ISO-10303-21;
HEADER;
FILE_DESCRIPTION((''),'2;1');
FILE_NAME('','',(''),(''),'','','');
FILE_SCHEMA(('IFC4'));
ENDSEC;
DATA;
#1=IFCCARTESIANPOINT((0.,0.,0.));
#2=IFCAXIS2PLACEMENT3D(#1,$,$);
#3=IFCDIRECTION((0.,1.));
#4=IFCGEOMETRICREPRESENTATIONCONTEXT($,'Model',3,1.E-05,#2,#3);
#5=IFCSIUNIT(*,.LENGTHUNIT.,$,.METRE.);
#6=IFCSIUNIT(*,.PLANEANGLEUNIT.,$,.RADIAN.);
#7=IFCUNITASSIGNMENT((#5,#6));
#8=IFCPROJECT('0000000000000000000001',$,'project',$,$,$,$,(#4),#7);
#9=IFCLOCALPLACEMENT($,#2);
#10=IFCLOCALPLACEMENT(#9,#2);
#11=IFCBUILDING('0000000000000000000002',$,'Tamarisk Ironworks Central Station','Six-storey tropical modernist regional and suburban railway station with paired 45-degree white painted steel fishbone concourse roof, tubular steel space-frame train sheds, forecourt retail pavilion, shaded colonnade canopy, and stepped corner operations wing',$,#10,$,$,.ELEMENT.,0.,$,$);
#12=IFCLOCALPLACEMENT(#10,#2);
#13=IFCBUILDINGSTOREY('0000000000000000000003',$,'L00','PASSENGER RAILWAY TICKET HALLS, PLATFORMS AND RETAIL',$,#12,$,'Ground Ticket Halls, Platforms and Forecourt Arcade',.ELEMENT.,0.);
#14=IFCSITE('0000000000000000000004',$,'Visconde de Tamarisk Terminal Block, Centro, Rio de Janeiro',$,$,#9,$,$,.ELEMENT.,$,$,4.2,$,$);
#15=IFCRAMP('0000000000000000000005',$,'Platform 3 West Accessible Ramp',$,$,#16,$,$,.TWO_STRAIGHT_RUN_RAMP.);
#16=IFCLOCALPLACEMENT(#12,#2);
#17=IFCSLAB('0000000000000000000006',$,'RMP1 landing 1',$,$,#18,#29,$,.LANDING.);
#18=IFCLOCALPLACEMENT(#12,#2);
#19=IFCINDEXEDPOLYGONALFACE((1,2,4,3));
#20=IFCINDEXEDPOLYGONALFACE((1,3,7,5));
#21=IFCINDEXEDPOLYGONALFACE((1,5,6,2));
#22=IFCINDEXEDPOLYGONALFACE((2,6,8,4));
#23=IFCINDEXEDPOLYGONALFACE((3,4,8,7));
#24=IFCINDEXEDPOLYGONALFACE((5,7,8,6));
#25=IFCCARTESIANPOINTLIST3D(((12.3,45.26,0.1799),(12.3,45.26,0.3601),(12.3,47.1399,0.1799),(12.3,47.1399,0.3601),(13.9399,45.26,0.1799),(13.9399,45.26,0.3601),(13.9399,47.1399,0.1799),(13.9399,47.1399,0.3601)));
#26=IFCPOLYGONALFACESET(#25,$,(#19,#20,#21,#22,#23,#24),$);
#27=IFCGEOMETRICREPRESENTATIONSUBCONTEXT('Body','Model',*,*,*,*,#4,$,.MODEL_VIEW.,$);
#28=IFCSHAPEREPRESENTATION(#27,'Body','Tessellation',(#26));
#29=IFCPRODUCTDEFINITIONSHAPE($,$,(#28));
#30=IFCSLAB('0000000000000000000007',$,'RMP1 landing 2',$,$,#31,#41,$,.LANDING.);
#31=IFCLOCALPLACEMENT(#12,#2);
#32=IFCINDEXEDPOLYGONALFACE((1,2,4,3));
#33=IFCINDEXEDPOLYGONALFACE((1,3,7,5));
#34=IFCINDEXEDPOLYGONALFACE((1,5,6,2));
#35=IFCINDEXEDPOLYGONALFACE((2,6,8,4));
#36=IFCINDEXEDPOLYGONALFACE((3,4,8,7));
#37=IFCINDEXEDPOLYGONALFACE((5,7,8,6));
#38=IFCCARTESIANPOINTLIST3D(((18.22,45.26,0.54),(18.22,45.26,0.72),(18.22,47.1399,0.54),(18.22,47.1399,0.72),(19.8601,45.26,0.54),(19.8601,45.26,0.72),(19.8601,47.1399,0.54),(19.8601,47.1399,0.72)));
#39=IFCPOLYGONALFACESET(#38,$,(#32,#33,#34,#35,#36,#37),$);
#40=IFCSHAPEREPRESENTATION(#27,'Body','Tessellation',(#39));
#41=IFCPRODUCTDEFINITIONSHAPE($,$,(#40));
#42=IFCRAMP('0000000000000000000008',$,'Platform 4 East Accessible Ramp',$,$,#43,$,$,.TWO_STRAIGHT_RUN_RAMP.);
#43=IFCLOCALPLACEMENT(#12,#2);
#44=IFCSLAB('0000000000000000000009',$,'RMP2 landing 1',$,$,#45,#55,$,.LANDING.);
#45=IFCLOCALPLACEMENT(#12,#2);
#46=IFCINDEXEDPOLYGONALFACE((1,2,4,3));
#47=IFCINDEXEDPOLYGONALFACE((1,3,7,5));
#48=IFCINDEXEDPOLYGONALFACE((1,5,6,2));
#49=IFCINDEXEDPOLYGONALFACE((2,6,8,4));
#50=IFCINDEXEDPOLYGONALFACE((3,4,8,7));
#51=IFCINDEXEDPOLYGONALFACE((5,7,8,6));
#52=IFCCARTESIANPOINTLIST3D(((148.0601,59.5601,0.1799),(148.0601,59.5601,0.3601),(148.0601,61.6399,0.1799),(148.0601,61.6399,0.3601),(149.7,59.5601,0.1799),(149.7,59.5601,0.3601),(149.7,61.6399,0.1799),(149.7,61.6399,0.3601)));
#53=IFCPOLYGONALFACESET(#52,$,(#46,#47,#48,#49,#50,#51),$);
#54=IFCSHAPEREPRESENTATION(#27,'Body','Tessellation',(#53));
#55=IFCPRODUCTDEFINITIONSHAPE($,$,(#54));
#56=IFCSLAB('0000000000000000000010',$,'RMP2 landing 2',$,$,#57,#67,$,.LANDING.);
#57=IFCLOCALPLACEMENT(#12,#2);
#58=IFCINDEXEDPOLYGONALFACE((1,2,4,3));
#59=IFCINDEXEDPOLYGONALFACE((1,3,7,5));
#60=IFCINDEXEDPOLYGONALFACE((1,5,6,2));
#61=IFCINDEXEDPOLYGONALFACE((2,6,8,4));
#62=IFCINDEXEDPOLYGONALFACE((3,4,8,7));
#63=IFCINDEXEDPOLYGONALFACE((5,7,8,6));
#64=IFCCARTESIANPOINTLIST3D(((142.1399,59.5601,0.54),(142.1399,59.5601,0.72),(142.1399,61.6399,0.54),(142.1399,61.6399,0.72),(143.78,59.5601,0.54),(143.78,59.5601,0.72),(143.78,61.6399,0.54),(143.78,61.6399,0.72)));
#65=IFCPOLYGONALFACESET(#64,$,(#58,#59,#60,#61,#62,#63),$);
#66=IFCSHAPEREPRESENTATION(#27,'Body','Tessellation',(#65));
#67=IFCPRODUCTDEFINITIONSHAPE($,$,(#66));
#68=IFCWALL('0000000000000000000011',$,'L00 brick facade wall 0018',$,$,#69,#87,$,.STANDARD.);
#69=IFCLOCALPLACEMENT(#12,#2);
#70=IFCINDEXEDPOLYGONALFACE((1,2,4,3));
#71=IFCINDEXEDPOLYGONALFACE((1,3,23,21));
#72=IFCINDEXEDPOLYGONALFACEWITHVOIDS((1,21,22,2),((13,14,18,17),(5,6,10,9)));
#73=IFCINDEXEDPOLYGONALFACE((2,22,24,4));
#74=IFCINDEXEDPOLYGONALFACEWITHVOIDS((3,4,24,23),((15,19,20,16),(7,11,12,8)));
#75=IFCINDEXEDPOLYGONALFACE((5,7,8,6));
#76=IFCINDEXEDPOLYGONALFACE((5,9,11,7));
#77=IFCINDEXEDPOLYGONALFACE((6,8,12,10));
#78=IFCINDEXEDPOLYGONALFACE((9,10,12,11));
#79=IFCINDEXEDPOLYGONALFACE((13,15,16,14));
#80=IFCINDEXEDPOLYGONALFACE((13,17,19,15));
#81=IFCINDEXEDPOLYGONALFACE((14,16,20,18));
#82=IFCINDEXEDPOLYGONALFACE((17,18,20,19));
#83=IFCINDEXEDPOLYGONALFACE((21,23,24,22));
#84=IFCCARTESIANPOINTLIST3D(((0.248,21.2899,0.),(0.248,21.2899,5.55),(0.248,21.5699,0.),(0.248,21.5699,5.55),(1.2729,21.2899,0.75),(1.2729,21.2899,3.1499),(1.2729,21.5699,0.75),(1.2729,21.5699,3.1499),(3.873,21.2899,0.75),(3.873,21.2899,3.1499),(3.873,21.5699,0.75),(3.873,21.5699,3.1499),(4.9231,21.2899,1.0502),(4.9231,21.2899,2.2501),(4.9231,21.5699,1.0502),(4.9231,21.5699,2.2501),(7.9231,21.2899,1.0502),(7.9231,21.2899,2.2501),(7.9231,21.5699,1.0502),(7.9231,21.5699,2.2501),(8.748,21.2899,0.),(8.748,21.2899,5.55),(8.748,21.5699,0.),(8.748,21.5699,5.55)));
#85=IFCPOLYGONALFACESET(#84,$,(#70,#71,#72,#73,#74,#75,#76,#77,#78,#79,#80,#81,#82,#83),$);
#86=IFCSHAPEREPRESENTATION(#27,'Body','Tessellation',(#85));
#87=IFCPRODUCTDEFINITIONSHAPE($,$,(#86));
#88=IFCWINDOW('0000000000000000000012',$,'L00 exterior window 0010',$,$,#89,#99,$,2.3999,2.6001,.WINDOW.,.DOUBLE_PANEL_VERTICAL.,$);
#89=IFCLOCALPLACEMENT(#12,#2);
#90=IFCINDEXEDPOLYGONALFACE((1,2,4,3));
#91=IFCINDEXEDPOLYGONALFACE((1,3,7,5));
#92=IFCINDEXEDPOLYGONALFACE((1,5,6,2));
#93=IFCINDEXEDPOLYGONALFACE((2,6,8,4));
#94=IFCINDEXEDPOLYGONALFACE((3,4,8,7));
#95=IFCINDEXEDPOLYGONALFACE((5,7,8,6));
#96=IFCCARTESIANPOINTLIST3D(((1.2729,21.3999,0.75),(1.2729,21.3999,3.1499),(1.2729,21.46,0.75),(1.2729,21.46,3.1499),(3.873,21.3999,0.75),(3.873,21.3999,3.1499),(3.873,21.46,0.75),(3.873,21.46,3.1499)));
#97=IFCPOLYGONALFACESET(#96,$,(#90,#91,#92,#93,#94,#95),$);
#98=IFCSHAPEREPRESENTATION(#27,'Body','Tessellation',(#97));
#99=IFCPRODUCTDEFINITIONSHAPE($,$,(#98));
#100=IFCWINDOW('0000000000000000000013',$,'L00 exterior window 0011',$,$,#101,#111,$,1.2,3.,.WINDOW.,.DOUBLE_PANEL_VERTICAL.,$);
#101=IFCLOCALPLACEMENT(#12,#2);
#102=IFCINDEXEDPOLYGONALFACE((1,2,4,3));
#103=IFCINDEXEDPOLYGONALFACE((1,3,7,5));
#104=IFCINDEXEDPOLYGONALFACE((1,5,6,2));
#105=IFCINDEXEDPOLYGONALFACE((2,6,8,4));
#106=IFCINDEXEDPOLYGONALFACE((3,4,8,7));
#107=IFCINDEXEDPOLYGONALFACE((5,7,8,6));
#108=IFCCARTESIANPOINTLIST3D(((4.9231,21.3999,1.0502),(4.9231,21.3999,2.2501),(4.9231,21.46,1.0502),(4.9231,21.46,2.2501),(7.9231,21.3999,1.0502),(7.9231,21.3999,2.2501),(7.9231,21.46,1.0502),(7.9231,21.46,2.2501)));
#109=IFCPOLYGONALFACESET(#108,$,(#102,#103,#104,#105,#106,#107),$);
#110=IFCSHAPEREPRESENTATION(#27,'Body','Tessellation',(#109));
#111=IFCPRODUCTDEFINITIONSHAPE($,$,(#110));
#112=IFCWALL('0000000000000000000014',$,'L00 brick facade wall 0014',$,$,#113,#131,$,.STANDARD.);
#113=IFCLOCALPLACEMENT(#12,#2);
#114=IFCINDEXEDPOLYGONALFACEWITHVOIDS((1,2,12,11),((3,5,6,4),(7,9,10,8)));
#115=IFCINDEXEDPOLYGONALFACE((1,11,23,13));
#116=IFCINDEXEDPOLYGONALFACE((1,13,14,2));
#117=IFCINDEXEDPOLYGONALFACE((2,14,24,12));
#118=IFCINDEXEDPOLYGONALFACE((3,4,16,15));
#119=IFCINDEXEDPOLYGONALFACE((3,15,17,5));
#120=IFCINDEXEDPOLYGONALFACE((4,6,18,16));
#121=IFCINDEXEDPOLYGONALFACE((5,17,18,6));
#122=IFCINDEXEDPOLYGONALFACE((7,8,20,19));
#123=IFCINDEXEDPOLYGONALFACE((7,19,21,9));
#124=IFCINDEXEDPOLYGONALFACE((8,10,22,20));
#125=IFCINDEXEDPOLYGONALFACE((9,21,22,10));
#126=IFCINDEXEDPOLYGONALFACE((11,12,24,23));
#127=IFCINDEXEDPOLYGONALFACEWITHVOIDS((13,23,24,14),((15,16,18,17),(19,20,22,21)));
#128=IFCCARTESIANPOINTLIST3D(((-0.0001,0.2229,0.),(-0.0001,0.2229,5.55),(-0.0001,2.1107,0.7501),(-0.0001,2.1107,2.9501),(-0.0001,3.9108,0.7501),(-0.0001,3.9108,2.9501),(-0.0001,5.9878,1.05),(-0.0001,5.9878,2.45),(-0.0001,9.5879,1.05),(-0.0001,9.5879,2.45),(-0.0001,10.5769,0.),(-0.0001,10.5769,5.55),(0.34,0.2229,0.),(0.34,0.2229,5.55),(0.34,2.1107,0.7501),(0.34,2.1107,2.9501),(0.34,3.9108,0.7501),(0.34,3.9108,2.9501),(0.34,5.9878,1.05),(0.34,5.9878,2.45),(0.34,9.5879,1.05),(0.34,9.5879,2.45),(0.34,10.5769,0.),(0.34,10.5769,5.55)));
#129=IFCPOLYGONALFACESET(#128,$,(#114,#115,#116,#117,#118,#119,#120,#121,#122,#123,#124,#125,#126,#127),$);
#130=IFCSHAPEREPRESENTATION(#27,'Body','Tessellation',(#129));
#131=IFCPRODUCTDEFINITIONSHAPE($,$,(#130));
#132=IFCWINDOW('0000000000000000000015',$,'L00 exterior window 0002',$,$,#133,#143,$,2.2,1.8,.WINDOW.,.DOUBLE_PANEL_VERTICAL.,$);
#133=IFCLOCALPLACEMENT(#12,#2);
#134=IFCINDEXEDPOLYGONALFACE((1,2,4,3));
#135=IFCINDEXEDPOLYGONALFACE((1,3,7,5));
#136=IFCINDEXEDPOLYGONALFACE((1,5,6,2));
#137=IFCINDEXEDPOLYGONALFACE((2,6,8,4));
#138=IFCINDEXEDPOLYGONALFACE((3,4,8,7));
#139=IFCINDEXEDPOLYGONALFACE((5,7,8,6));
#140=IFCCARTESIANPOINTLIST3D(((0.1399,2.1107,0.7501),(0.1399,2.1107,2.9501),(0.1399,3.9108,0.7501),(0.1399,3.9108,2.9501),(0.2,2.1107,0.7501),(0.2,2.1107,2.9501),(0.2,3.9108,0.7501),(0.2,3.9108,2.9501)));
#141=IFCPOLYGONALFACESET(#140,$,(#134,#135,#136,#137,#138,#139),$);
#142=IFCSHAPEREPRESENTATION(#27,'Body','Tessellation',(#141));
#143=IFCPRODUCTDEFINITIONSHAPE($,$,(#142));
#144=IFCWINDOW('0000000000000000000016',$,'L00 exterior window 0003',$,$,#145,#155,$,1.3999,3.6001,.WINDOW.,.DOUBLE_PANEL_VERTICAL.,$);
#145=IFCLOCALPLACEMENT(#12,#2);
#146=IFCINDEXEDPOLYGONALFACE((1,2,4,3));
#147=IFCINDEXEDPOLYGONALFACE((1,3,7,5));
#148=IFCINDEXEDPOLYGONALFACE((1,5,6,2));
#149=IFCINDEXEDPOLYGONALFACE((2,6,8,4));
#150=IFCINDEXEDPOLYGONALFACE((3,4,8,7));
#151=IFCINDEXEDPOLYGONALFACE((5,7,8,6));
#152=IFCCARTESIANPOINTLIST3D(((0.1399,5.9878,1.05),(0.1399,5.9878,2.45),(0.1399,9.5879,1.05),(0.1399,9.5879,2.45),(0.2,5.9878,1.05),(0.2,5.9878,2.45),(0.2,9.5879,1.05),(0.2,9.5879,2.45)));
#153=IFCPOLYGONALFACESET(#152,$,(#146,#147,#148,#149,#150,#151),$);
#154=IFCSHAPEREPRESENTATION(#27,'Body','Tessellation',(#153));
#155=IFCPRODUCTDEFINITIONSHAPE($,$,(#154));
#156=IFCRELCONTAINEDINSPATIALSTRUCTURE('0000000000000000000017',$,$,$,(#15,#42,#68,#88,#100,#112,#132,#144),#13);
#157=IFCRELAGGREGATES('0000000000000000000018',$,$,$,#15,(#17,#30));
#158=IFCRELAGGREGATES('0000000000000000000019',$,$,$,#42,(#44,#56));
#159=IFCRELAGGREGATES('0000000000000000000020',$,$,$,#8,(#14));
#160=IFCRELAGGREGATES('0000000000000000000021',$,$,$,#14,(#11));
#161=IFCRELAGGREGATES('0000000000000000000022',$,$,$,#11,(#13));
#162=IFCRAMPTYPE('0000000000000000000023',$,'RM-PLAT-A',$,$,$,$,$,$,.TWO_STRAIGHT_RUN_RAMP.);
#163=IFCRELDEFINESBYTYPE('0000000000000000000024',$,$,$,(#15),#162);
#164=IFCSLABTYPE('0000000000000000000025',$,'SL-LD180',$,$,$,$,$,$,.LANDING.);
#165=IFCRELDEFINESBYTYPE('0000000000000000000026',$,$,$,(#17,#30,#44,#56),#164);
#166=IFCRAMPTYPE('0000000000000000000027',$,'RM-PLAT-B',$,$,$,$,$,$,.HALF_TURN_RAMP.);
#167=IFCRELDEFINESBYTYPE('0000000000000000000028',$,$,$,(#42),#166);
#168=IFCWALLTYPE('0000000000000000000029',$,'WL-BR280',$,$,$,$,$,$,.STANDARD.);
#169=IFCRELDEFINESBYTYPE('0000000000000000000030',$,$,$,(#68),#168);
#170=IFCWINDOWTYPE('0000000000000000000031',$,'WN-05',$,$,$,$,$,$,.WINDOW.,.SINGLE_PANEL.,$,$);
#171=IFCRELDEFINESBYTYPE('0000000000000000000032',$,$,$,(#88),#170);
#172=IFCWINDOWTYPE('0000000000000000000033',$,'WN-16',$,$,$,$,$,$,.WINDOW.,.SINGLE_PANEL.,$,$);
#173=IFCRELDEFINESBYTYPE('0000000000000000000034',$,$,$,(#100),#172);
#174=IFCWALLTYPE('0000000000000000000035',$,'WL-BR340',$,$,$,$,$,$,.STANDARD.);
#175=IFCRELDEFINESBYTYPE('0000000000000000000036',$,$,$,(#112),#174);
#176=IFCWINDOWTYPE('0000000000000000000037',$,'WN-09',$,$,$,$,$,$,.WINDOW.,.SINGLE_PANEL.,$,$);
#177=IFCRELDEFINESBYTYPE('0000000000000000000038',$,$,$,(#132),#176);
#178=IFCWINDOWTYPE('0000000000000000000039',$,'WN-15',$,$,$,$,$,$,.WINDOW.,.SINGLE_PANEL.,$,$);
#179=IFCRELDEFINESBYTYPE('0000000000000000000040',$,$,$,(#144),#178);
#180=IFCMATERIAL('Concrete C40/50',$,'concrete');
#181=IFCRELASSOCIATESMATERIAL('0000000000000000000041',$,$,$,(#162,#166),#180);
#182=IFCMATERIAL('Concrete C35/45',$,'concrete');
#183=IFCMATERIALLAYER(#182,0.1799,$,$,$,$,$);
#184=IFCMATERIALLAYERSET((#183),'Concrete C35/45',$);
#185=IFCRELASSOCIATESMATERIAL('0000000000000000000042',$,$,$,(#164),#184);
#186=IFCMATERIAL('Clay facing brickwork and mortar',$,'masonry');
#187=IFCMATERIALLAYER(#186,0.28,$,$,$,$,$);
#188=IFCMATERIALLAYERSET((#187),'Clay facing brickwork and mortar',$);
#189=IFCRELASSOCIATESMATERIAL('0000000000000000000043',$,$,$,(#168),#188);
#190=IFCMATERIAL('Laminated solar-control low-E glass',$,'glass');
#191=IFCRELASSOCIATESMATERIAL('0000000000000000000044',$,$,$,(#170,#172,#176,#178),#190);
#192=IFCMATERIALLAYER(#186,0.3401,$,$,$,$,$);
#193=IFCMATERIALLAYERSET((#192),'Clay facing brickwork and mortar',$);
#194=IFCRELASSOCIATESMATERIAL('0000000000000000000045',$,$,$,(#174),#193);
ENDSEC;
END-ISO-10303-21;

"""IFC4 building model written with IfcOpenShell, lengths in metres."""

from ifc_helpers import new_model, si_unit, direction, frame, frame_2d, origin, place, context, subcontext, project, spatial, polyline, rectangle, outline, extrude, material, layer, layer_set, type_object, element, fill, aggregate, save


model = new_model("IFC4")

# Units and contexts
model_context = context("Model", 3, precision=1e-05, world=origin(), true_north=direction((0.0, 1.0)))
body_context = subcontext(model_context, "Body", "Model", "MODEL_VIEW")
ifc_project = project(units=[si_unit("LENGTHUNIT", "METRE"), si_unit("PLANEANGLEUNIT", "RADIAN")], contexts=[model_context])

# Site, building, storey
site_placement = place(None, origin())
site = spatial("IfcSite", under=ifc_project, at=site_placement, Name="Visconde de Tamarisk Terminal Block, Centro, Rio de Janeiro", CompositionType="ELEMENT", RefElevation=4.2)
building_placement = place(site_placement, origin())
building = spatial("IfcBuilding", under=site, at=building_placement, Name="Tamarisk Ironworks Central Station", Description="Six-storey tropical modernist regional and suburban railway station with paired 45-degree white painted steel fishbone concourse roof, tubular steel space-frame train sheds, forecourt retail pavilion, shaded colonnade canopy, and stepped corner operations wing", CompositionType="ELEMENT", ElevationOfRefHeight=0.0)
storey_placement = place(building_placement, origin())
storey = spatial("IfcBuildingStorey", under=building, at=storey_placement, Name="L00", Description="PASSENGER RAILWAY TICKET HALLS, PLATFORMS AND RETAIL", LongName="Ground Ticket Halls, Platforms and Forecourt Arcade", CompositionType="ELEMENT", Elevation=0.0)

# Shared definitions
ifc_material_1 = material(Name="Concrete C40/50", Category="concrete")

# Shared definitions
ifc_material_2 = material(Name="Clay facing brickwork and mortar", Category="masonry")

# Ramps, slabs
ramp_type_1 = type_object("IfcRampType", Name="RM-PLAT-A", PredefinedType="TWO_STRAIGHT_RUN_RAMP", material=ifc_material_1)
ifc_material_3 = material(Name="Concrete C35/45", Category="concrete")
ifc_layer_1 = layer(ifc_material_3, 0.1799)
ifc_layer_set_1 = layer_set([ifc_layer_1], Name="Concrete C35/45")
slab_type = type_object("IfcSlabType", Name="SL-LD180", PredefinedType="LANDING", material=ifc_layer_set_1)
ramp_type_2 = type_object("IfcRampType", Name="RM-PLAT-B", PredefinedType="HALF_TURN_RAMP", material=ifc_material_1)
ramp_1_placement = place(storey_placement, origin())
ramp_1 = element("IfcRamp", 1, at=ramp_1_placement, inside=storey, type_object=ramp_type_1, Name="Platform 3 West Accessible Ramp", PredefinedType="TWO_STRAIGHT_RUN_RAMP")
slab_1_placement = place(storey_placement, frame((0.0, 0.0, 0.1799)))
slab_1 = element("IfcSlab", 2, at=slab_1_placement, type_object=slab_type, Name="RMP1 landing 1", PredefinedType="LANDING", context=body_context, shape_type="SweptSolid", body=[
    extrude(outline(polyline([(12.3, 45.26), (13.9399, 45.26), (13.9399, 47.1399), (12.3, 47.1399), (12.3, 45.26)])), origin(), (0.0, 0.0, 1.0), 0.1802),
])
slab_2_placement = place(storey_placement, frame((0.0, 0.0, 0.54)))
slab_2 = element("IfcSlab", 3, at=slab_2_placement, type_object=slab_type, Name="RMP1 landing 2", PredefinedType="LANDING", context=body_context, shape_type="SweptSolid", body=[
    extrude(outline(polyline([(18.22, 45.26), (19.8601, 45.26), (19.8601, 47.1399), (18.22, 47.1399), (18.22, 45.26)])), origin(), (0.0, 0.0, 1.0), 0.1799),
])
aggregate(ramp_1, [slab_1, slab_2])
ramp_2_placement = place(storey_placement, origin())
ramp_2 = element("IfcRamp", 4, at=ramp_2_placement, inside=storey, type_object=ramp_type_2, Name="Platform 4 East Accessible Ramp", PredefinedType="TWO_STRAIGHT_RUN_RAMP")
slab_3_placement = place(storey_placement, frame((0.0, 0.0, 0.1799)))
slab_3 = element("IfcSlab", 5, at=slab_3_placement, type_object=slab_type, Name="RMP2 landing 1", PredefinedType="LANDING", context=body_context, shape_type="SweptSolid", body=[
    extrude(outline(polyline([(148.0601, 59.5601), (149.7, 59.5601), (149.7, 61.6399), (148.0601, 61.6399), (148.0601, 59.5601)])), origin(), (0.0, 0.0, 1.0), 0.1802),
])
slab_4_placement = place(storey_placement, frame((0.0, 0.0, 0.54)))
slab_4 = element("IfcSlab", 6, at=slab_4_placement, type_object=slab_type, Name="RMP2 landing 2", PredefinedType="LANDING", context=body_context, shape_type="SweptSolid", body=[
    extrude(outline(polyline([(142.1399, 59.5601), (143.78, 59.5601), (143.78, 61.6399), (142.1399, 61.6399), (142.1399, 59.5601)])), origin(), (0.0, 0.0, 1.0), 0.1799),
])
aggregate(ramp_2, [slab_3, slab_4])

# Walls, openings, windows
ifc_layer_2 = layer(ifc_material_2, 0.28)
ifc_layer_set_2 = layer_set([ifc_layer_2], Name="Clay facing brickwork and mortar")
wall_type_1 = type_object("IfcWallType", Name="WL-BR280", PredefinedType="STANDARD", material=ifc_layer_set_2)
wall_1_placement = place(storey_placement, frame((0.248, 21.4299, 0.0), z_axis=(0.0, 0.0, 1.0), x_axis=(1.0, 0.0, 0.0)))
wall_1 = element("IfcWall", 7, at=wall_1_placement, inside=storey, type_object=wall_type_1, Name="L00 brick facade wall 0018", PredefinedType="STANDARD", context=body_context, shape_type="SweptSolid", body=[
    extrude(rectangle(XDim=8.5, YDim=0.28, at=frame_2d((4.25, 0.0))), origin(), (0.0, 0.0, 1.0), 5.55),
])
opening_1_placement = place(wall_1_placement, frame((1.0249, 0.0, 0.75)))
opening_1 = element("IfcOpeningElement", 8, at=opening_1_placement, cuts=wall_1, PredefinedType="OPENING", context=body_context, shape_type="SweptSolid", body=[
    extrude(rectangle(XDim=2.6001, YDim=2.3999, at=frame_2d((1.3, 1.2))), frame((0.0, 0.1519, 0.0), z_axis=(0.0, -1.0, 0.0), x_axis=(1.0, 0.0, 0.0)), (0.0, 0.0, 1.0), 0.304),
])
opening_2_placement = place(wall_1_placement, frame((4.675, 0.0, 1.05)))
opening_2 = element("IfcOpeningElement", 9, at=opening_2_placement, cuts=wall_1, PredefinedType="OPENING", context=body_context, shape_type="SweptSolid", body=[
    extrude(rectangle(XDim=3.0, YDim=1.2, at=frame_2d((1.5, 0.6001))), frame((0.0, 0.1519, 0.0), z_axis=(0.0, -1.0, 0.0), x_axis=(1.0, 0.0, 0.0)), (0.0, 0.0, 1.0), 0.304),
])
ifc_material_4 = material(Name="Laminated solar-control low-E glass", Category="glass")
window_type_1 = type_object("IfcWindowType", Name="WN-05", PartitioningType="SINGLE_PANEL", PredefinedType="WINDOW", material=ifc_material_4)
window_1_placement = place(opening_1_placement, origin())
window_1 = element("IfcWindow", 10, at=window_1_placement, inside=storey, type_object=window_type_1, Name="L00 exterior window 0010", OverallHeight=2.3999, OverallWidth=2.6001, PartitioningType="DOUBLE_PANEL_VERTICAL", PredefinedType="WINDOW", context=body_context, shape_type="SweptSolid", body=[
    extrude(rectangle(XDim=2.6001, YDim=2.3999, at=frame_2d((1.3, 1.2))), frame((0.0, 0.03, 0.0), z_axis=(0.0, -1.0, 0.0), x_axis=(1.0, 0.0, 0.0)), (0.0, 0.0, 1.0), 0.0601),
])
fill(opening_1, window_1)
window_type_2 = type_object("IfcWindowType", Name="WN-16", PartitioningType="SINGLE_PANEL", PredefinedType="WINDOW", material=ifc_material_4)
window_2_placement = place(opening_2_placement, origin())
window_2 = element("IfcWindow", 11, at=window_2_placement, inside=storey, type_object=window_type_2, Name="L00 exterior window 0011", OverallHeight=1.2, OverallWidth=3.0, PartitioningType="DOUBLE_PANEL_VERTICAL", PredefinedType="WINDOW", context=body_context, shape_type="SweptSolid", body=[
    extrude(rectangle(XDim=3.0, YDim=1.2, at=frame_2d((1.5, 0.6001))), frame((0.0, 0.03, 0.0), z_axis=(0.0, -1.0, 0.0), x_axis=(1.0, 0.0, 0.0)), (0.0, 0.0, 1.0), 0.0601),
])
fill(opening_2, window_2)
ifc_layer_3 = layer(ifc_material_2, 0.3401)
ifc_layer_set_3 = layer_set([ifc_layer_3], Name="Clay facing brickwork and mortar")
wall_type_2 = type_object("IfcWallType", Name="WL-BR340", PredefinedType="STANDARD", material=ifc_layer_set_3)
wall_2_placement = place(storey_placement, frame((0.1699, 0.2229, 0.0), z_axis=(0.0, 0.0, 1.0), x_axis=(0.0, 1.0, 0.0)))
wall_2 = element("IfcWall", 12, at=wall_2_placement, inside=storey, type_object=wall_type_2, Name="L00 brick facade wall 0014", PredefinedType="STANDARD", context=body_context, shape_type="SweptSolid", body=[
    extrude(rectangle(XDim=10.354, YDim=0.3401, at=frame_2d((5.177, 0.0))), origin(), (0.0, 0.0, 1.0), 5.55),
])
opening_3_placement = place(wall_2_placement, frame((1.8879, 0.0, 0.75)))
opening_3 = element("IfcOpeningElement", 13, at=opening_3_placement, cuts=wall_2, PredefinedType="OPENING", context=body_context, shape_type="SweptSolid", body=[
    extrude(rectangle(XDim=1.8, YDim=2.2, at=frame_2d((0.8999, 1.1001))), frame((0.0, 0.1821, 0.0), z_axis=(0.0, -1.0, 0.0), x_axis=(1.0, 0.0, 0.0)), (0.0, 0.0, 1.0), 0.364),
])
opening_4_placement = place(wall_2_placement, frame((5.7649, 0.0, 1.05)))
opening_4 = element("IfcOpeningElement", 14, at=opening_4_placement, cuts=wall_2, PredefinedType="OPENING", context=body_context, shape_type="SweptSolid", body=[
    extrude(rectangle(XDim=3.6001, YDim=1.3999, at=frame_2d((1.8, 0.7))), frame((0.0, 0.1821, 0.0), z_axis=(0.0, -1.0, 0.0), x_axis=(1.0, 0.0, 0.0)), (0.0, 0.0, 1.0), 0.364),
])
window_type_3 = type_object("IfcWindowType", Name="WN-09", PartitioningType="SINGLE_PANEL", PredefinedType="WINDOW", material=ifc_material_4)
window_3_placement = place(opening_3_placement, origin())
window_3 = element("IfcWindow", 15, at=window_3_placement, inside=storey, type_object=window_type_3, Name="L00 exterior window 0002", OverallHeight=2.2, OverallWidth=1.8, PartitioningType="DOUBLE_PANEL_VERTICAL", PredefinedType="WINDOW", context=body_context, shape_type="SweptSolid", body=[
    extrude(rectangle(XDim=1.8, YDim=2.2, at=frame_2d((0.8999, 1.1001))), frame((0.0, 0.03, 0.0), z_axis=(0.0, -1.0, 0.0), x_axis=(1.0, 0.0, 0.0)), (0.0, 0.0, 1.0), 0.0601),
])
fill(opening_3, window_3)
window_type_4 = type_object("IfcWindowType", Name="WN-15", PartitioningType="SINGLE_PANEL", PredefinedType="WINDOW", material=ifc_material_4)
window_4_placement = place(opening_4_placement, origin())
window_4 = element("IfcWindow", 16, at=window_4_placement, inside=storey, type_object=window_type_4, Name="L00 exterior window 0003", OverallHeight=1.3999, OverallWidth=3.6001, PartitioningType="DOUBLE_PANEL_VERTICAL", PredefinedType="WINDOW", context=body_context, shape_type="SweptSolid", body=[
    extrude(rectangle(XDim=3.6001, YDim=1.3999, at=frame_2d((1.8, 0.7))), frame((0.0, 0.03, 0.0), z_axis=(0.0, -1.0, 0.0), x_axis=(1.0, 0.0, 0.0)), (0.0, 0.0, 1.0), 0.0601),
])
fill(opening_4, window_4)

save(model, "model.ifc")
